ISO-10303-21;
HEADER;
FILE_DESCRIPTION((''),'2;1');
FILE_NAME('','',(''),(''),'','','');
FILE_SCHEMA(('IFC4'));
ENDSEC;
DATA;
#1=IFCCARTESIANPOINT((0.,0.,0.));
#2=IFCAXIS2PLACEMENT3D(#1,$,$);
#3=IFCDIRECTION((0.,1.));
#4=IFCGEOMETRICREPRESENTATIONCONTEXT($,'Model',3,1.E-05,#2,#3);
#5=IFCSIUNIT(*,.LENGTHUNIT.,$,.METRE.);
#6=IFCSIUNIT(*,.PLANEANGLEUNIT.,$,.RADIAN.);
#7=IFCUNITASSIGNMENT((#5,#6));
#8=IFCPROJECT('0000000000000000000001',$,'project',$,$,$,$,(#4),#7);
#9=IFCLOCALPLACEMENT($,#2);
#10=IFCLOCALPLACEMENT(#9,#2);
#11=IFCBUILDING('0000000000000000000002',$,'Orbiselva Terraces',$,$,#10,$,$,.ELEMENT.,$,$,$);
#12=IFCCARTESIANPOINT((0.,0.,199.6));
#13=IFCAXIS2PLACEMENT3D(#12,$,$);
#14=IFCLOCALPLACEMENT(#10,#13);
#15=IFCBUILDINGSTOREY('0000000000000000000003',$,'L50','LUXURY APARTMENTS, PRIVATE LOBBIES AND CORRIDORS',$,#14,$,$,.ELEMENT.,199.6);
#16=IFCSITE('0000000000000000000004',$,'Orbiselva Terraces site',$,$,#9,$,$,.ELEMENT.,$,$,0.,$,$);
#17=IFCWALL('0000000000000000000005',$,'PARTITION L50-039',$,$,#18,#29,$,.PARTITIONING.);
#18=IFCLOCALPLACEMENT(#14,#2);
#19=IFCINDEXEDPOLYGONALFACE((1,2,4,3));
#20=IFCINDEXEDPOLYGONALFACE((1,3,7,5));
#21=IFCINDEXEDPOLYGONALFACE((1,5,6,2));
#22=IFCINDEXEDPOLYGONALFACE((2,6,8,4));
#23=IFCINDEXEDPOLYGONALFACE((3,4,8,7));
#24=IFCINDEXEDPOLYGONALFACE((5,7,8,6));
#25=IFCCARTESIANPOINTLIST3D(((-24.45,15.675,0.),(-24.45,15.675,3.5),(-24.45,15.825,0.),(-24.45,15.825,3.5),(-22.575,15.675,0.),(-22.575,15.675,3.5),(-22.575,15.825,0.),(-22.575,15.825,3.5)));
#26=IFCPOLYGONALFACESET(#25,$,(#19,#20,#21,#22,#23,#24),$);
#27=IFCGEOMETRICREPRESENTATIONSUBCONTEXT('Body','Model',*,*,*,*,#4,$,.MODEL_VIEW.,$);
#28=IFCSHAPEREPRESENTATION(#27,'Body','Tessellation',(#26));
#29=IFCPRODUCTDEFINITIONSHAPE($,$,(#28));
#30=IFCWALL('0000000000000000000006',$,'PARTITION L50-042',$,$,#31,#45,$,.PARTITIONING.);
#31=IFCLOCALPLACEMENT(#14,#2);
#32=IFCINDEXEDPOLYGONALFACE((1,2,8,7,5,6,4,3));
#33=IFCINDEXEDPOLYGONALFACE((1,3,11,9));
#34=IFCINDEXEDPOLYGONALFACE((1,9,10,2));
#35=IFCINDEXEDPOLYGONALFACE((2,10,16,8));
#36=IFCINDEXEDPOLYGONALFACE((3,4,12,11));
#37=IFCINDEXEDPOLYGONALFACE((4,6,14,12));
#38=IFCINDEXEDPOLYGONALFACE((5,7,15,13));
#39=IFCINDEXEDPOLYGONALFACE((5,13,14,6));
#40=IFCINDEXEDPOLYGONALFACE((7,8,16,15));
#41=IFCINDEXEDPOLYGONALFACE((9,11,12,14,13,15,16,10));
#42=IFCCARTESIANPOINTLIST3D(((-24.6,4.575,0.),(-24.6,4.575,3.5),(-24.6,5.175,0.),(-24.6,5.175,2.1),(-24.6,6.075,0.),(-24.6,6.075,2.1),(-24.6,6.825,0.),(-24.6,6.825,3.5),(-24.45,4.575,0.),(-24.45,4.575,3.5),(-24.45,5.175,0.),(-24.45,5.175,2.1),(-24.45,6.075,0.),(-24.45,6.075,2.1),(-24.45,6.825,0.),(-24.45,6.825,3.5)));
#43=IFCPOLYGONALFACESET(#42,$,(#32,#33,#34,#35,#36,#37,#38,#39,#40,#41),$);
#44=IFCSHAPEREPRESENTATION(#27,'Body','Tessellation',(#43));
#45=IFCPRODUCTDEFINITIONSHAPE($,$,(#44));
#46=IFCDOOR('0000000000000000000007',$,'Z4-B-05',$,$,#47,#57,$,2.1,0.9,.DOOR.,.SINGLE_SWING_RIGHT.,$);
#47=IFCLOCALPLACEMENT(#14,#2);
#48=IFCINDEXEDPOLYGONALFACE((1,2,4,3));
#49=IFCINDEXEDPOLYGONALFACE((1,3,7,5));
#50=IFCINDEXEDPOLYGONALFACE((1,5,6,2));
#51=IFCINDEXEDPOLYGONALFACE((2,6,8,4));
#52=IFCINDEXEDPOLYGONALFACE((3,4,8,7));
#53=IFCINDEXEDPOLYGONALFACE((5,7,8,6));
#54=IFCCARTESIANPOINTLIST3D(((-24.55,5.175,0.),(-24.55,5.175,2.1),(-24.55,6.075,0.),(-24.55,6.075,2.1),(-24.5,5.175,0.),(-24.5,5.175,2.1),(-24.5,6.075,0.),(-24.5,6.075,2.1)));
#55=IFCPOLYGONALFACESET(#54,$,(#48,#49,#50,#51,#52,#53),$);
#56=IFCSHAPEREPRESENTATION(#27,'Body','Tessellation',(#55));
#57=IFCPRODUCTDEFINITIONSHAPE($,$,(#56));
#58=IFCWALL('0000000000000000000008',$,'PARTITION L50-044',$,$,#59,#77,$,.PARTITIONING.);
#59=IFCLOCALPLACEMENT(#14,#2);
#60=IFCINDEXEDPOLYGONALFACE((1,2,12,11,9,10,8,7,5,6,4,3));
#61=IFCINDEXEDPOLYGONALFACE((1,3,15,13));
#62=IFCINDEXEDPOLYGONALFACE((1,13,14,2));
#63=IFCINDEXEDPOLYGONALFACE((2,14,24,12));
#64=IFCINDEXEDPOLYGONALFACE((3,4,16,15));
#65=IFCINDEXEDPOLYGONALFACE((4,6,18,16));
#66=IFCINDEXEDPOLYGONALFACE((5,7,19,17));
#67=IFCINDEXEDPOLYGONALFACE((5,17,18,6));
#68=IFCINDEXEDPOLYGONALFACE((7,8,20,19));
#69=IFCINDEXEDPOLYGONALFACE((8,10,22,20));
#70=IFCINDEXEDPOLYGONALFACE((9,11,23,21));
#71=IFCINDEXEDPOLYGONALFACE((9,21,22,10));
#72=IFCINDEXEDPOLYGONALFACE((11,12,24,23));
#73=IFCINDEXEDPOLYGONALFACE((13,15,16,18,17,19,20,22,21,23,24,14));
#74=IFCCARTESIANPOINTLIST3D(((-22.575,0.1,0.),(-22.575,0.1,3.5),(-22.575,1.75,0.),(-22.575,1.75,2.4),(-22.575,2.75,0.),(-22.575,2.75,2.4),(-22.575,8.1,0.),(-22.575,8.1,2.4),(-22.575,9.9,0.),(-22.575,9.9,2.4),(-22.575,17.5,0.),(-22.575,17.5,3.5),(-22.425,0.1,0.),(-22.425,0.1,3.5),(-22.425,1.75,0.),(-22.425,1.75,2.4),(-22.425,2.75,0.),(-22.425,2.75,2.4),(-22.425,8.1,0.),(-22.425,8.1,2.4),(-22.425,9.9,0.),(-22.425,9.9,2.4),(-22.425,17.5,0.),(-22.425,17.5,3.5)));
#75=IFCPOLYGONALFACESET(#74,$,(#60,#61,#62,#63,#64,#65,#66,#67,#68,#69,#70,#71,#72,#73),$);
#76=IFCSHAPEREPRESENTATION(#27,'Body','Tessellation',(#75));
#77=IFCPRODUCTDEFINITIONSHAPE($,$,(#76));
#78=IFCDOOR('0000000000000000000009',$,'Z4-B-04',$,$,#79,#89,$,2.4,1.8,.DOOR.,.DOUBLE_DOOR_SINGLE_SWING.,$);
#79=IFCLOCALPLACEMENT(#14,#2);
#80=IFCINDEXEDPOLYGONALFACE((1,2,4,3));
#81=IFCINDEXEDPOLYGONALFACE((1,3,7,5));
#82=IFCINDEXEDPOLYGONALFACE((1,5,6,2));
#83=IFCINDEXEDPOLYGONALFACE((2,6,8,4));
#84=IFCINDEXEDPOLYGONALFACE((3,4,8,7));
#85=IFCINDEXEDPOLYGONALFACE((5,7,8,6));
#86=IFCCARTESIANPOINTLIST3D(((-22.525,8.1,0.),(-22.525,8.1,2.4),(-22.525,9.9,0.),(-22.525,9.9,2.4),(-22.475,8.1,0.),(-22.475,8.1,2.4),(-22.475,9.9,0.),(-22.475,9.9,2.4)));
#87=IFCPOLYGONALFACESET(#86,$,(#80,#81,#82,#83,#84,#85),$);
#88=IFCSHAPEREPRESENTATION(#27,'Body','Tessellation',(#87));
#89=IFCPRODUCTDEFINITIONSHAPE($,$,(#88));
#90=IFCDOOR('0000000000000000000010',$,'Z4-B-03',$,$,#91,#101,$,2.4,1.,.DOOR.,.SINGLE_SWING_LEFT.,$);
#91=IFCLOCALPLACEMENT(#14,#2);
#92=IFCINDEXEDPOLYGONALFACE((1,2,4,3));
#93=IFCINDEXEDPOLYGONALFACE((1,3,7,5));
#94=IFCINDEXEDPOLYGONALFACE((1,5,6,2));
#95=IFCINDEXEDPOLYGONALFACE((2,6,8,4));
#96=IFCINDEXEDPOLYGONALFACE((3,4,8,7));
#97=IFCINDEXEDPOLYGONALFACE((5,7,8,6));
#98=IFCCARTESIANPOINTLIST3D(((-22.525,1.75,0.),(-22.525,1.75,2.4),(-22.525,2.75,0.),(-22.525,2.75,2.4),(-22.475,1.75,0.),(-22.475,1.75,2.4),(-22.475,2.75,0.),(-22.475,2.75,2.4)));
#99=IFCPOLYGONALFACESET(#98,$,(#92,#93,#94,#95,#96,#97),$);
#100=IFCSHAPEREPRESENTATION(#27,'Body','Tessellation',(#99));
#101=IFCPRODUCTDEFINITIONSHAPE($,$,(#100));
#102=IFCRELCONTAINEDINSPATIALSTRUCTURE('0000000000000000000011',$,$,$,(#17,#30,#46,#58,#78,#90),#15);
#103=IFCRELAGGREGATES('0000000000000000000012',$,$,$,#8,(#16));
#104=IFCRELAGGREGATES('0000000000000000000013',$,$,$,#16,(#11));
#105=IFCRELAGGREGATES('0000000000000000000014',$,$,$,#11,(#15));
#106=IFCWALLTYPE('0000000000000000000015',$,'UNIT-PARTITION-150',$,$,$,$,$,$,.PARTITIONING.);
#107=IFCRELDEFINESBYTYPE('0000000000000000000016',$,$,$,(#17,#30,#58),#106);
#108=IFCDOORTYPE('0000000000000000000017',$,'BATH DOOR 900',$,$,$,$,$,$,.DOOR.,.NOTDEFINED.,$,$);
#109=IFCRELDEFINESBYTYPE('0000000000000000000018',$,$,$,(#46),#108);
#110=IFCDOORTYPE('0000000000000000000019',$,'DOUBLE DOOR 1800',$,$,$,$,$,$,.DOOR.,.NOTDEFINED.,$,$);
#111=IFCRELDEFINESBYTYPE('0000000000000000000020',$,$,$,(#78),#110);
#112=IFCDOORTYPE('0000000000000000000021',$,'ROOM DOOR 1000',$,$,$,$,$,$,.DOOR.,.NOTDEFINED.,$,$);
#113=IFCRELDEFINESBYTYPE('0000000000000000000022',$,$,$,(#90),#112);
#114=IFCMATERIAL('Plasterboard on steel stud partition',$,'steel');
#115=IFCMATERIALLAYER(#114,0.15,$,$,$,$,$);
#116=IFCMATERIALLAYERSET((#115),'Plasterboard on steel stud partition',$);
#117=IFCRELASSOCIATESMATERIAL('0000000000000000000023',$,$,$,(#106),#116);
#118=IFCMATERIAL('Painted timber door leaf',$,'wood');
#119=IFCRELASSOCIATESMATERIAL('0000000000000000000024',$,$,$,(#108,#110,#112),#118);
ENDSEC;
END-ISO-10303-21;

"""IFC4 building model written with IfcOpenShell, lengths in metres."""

from ifc_helpers import new_model, si_unit, direction, frame, frame_2d, origin, place, context, subcontext, project, spatial, rectangle, extrude, material, layer, layer_set, type_object, element, fill, save


model = new_model("IFC4")

# Units and contexts
model_context = context("Model", 3, precision=1e-05, world=origin(), true_north=direction((0.0, 1.0)))
body_context = subcontext(model_context, "Body", "Model", "MODEL_VIEW")
ifc_project = project(units=[si_unit("LENGTHUNIT", "METRE"), si_unit("PLANEANGLEUNIT", "RADIAN")], contexts=[model_context])

# Site, building, storey
site_placement = place(None, origin())
site = spatial("IfcSite", under=ifc_project, at=site_placement, Name="Orbiselva Terraces site", CompositionType="ELEMENT", RefElevation=0.0)
building_placement = place(site_placement, origin())
building = spatial("IfcBuilding", under=site, at=building_placement, Name="Orbiselva Terraces", CompositionType="ELEMENT")
storey_placement = place(building_placement, frame((0.0, 0.0, 199.6)))
storey = spatial("IfcBuildingStorey", under=building, at=storey_placement, Name="L50", Description="LUXURY APARTMENTS, PRIVATE LOBBIES AND CORRIDORS", CompositionType="ELEMENT", Elevation=199.6)

# Shared definitions
ifc_material_1 = material(Name="Plasterboard on steel stud partition", Category="steel")
ifc_material_2 = material(Name="Painted timber door leaf", Category="wood")

# Wall
ifc_layer_1 = layer(ifc_material_1, 0.15)
ifc_layer_set_1 = layer_set([ifc_layer_1], Name="Plasterboard on steel stud partition")
wall_type_1 = type_object("IfcWallType", Name="UNIT-PARTITION-150", PredefinedType="PARTITIONING", material=ifc_layer_set_1)
wall_1_placement = place(storey_placement, frame((-24.45, 15.75, 0.0), z_axis=(0.0, 0.0, 1.0), x_axis=(1.0, 0.0, 0.0)))
element("IfcWall", 1, at=wall_1_placement, inside=storey, type_object=wall_type_1, Name="PARTITION L50-039", PredefinedType="PARTITIONING", context=body_context, shape_type="SweptSolid", body=[
    extrude(rectangle(XDim=1.875, YDim=0.15, at=frame_2d((0.9375, 0.0))), origin(), (0.0, 0.0, 1.0), 3.5),
])

# Wall, opening, door
wall_2_placement = place(storey_placement, frame((-24.525, 6.825, 0.0), z_axis=(0.0, 0.0, 1.0), x_axis=(0.0, -1.0, 0.0)))
wall_2 = element("IfcWall", 2, at=wall_2_placement, inside=storey, type_object=wall_type_1, Name="PARTITION L50-042", PredefinedType="PARTITIONING", context=body_context, shape_type="SweptSolid", body=[
    extrude(rectangle(XDim=2.25, YDim=0.15, at=frame_2d((1.125, 0.0))), origin(), (0.0, 0.0, 1.0), 3.5),
])
opening_1_placement = place(wall_2_placement, frame((0.75, 0.0, 0.0)))
opening_1 = element("IfcOpeningElement", 3, at=opening_1_placement, cuts=wall_2, PredefinedType="OPENING", context=body_context, shape_type="SweptSolid", body=[
    extrude(rectangle(XDim=0.9, YDim=2.1, at=frame_2d((0.45, 1.05))), frame((0.0, 0.085, 0.0), z_axis=(0.0, -1.0, 0.0), x_axis=(1.0, 0.0, 0.0)), (0.0, 0.0, 1.0), 0.17),
])
door_type_1 = type_object("IfcDoorType", Name="BATH DOOR 900", OperationType="NOTDEFINED", PredefinedType="DOOR", material=ifc_material_2)
door_1_placement = place(opening_1_placement, origin())
door_1 = element("IfcDoor", 4, at=door_1_placement, inside=storey, type_object=door_type_1, Name="Z4-B-05", OperationType="SINGLE_SWING_RIGHT", OverallHeight=2.1, OverallWidth=0.9, PredefinedType="DOOR", context=body_context, shape_type="SweptSolid", body=[
    extrude(rectangle(XDim=0.9, YDim=2.1, at=frame_2d((0.45, 1.05))), frame((0.0, 0.025, 0.0), z_axis=(0.0, -1.0, 0.0), x_axis=(1.0, 0.0, 0.0)), (0.0, 0.0, 1.0), 0.05),
])
fill(opening_1, door_1)

# Wall, openings, doors
wall_3_placement = place(storey_placement, frame((-22.5, 0.1, 0.0), z_axis=(0.0, 0.0, 1.0), x_axis=(0.0, 1.0, 0.0)))
wall_3 = element("IfcWall", 5, at=wall_3_placement, inside=storey, type_object=wall_type_1, Name="PARTITION L50-044", PredefinedType="PARTITIONING", context=body_context, shape_type="SweptSolid", body=[
    extrude(rectangle(XDim=17.4, YDim=0.15, at=frame_2d((8.7, 0.0))), origin(), (0.0, 0.0, 1.0), 3.5),
])
opening_2_placement = place(wall_3_placement, frame((1.65, 0.0, 0.0)))
opening_2 = element("IfcOpeningElement", 6, at=opening_2_placement, cuts=wall_3, PredefinedType="OPENING", context=body_context, shape_type="SweptSolid", body=[
    extrude(rectangle(XDim=1.0, YDim=2.4, at=frame_2d((0.5, 1.2))), frame((0.0, 0.085, 0.0), z_axis=(0.0, -1.0, 0.0), x_axis=(1.0, 0.0, 0.0)), (0.0, 0.0, 1.0), 0.17),
])
opening_3_placement = place(wall_3_placement, frame((8.0, 0.0, 0.0)))
opening_3 = element("IfcOpeningElement", 7, at=opening_3_placement, cuts=wall_3, PredefinedType="OPENING", context=body_context, shape_type="SweptSolid", body=[
    extrude(rectangle(XDim=1.8, YDim=2.4, at=frame_2d((0.9, 1.2))), frame((0.0, 0.085, 0.0), z_axis=(0.0, -1.0, 0.0), x_axis=(1.0, 0.0, 0.0)), (0.0, 0.0, 1.0), 0.17),
])
door_type_2 = type_object("IfcDoorType", Name="DOUBLE DOOR 1800", OperationType="NOTDEFINED", PredefinedType="DOOR", material=ifc_material_2)
door_2_placement = place(opening_3_placement, origin())
door_2 = element("IfcDoor", 8, at=door_2_placement, inside=storey, type_object=door_type_2, Name="Z4-B-04", OperationType="DOUBLE_DOOR_SINGLE_SWING", OverallHeight=2.4, OverallWidth=1.8, PredefinedType="DOOR", context=body_context, shape_type="SweptSolid", body=[
    extrude(rectangle(XDim=1.8, YDim=2.4, at=frame_2d((0.9, 1.2))), frame((0.0, 0.025, 0.0), z_axis=(0.0, -1.0, 0.0), x_axis=(1.0, 0.0, 0.0)), (0.0, 0.0, 1.0), 0.05),
])
fill(opening_3, door_2)
door_type_3 = type_object("IfcDoorType", Name="ROOM DOOR 1000", OperationType="NOTDEFINED", PredefinedType="DOOR", material=ifc_material_2)
door_3_placement = place(opening_2_placement, origin())
door_3 = element("IfcDoor", 9, at=door_3_placement, inside=storey, type_object=door_type_3, Name="Z4-B-03", OperationType="SINGLE_SWING_LEFT", OverallHeight=2.4, OverallWidth=1.0, PredefinedType="DOOR", context=body_context, shape_type="SweptSolid", body=[
    extrude(rectangle(XDim=1.0, YDim=2.4, at=frame_2d((0.5, 1.2))), frame((0.0, 0.025, 0.0), z_axis=(0.0, -1.0, 0.0), x_axis=(1.0, 0.0, 0.0)), (0.0, 0.0, 1.0), 0.05),
])
fill(opening_2, door_3)

save(model, "model.ifc")
